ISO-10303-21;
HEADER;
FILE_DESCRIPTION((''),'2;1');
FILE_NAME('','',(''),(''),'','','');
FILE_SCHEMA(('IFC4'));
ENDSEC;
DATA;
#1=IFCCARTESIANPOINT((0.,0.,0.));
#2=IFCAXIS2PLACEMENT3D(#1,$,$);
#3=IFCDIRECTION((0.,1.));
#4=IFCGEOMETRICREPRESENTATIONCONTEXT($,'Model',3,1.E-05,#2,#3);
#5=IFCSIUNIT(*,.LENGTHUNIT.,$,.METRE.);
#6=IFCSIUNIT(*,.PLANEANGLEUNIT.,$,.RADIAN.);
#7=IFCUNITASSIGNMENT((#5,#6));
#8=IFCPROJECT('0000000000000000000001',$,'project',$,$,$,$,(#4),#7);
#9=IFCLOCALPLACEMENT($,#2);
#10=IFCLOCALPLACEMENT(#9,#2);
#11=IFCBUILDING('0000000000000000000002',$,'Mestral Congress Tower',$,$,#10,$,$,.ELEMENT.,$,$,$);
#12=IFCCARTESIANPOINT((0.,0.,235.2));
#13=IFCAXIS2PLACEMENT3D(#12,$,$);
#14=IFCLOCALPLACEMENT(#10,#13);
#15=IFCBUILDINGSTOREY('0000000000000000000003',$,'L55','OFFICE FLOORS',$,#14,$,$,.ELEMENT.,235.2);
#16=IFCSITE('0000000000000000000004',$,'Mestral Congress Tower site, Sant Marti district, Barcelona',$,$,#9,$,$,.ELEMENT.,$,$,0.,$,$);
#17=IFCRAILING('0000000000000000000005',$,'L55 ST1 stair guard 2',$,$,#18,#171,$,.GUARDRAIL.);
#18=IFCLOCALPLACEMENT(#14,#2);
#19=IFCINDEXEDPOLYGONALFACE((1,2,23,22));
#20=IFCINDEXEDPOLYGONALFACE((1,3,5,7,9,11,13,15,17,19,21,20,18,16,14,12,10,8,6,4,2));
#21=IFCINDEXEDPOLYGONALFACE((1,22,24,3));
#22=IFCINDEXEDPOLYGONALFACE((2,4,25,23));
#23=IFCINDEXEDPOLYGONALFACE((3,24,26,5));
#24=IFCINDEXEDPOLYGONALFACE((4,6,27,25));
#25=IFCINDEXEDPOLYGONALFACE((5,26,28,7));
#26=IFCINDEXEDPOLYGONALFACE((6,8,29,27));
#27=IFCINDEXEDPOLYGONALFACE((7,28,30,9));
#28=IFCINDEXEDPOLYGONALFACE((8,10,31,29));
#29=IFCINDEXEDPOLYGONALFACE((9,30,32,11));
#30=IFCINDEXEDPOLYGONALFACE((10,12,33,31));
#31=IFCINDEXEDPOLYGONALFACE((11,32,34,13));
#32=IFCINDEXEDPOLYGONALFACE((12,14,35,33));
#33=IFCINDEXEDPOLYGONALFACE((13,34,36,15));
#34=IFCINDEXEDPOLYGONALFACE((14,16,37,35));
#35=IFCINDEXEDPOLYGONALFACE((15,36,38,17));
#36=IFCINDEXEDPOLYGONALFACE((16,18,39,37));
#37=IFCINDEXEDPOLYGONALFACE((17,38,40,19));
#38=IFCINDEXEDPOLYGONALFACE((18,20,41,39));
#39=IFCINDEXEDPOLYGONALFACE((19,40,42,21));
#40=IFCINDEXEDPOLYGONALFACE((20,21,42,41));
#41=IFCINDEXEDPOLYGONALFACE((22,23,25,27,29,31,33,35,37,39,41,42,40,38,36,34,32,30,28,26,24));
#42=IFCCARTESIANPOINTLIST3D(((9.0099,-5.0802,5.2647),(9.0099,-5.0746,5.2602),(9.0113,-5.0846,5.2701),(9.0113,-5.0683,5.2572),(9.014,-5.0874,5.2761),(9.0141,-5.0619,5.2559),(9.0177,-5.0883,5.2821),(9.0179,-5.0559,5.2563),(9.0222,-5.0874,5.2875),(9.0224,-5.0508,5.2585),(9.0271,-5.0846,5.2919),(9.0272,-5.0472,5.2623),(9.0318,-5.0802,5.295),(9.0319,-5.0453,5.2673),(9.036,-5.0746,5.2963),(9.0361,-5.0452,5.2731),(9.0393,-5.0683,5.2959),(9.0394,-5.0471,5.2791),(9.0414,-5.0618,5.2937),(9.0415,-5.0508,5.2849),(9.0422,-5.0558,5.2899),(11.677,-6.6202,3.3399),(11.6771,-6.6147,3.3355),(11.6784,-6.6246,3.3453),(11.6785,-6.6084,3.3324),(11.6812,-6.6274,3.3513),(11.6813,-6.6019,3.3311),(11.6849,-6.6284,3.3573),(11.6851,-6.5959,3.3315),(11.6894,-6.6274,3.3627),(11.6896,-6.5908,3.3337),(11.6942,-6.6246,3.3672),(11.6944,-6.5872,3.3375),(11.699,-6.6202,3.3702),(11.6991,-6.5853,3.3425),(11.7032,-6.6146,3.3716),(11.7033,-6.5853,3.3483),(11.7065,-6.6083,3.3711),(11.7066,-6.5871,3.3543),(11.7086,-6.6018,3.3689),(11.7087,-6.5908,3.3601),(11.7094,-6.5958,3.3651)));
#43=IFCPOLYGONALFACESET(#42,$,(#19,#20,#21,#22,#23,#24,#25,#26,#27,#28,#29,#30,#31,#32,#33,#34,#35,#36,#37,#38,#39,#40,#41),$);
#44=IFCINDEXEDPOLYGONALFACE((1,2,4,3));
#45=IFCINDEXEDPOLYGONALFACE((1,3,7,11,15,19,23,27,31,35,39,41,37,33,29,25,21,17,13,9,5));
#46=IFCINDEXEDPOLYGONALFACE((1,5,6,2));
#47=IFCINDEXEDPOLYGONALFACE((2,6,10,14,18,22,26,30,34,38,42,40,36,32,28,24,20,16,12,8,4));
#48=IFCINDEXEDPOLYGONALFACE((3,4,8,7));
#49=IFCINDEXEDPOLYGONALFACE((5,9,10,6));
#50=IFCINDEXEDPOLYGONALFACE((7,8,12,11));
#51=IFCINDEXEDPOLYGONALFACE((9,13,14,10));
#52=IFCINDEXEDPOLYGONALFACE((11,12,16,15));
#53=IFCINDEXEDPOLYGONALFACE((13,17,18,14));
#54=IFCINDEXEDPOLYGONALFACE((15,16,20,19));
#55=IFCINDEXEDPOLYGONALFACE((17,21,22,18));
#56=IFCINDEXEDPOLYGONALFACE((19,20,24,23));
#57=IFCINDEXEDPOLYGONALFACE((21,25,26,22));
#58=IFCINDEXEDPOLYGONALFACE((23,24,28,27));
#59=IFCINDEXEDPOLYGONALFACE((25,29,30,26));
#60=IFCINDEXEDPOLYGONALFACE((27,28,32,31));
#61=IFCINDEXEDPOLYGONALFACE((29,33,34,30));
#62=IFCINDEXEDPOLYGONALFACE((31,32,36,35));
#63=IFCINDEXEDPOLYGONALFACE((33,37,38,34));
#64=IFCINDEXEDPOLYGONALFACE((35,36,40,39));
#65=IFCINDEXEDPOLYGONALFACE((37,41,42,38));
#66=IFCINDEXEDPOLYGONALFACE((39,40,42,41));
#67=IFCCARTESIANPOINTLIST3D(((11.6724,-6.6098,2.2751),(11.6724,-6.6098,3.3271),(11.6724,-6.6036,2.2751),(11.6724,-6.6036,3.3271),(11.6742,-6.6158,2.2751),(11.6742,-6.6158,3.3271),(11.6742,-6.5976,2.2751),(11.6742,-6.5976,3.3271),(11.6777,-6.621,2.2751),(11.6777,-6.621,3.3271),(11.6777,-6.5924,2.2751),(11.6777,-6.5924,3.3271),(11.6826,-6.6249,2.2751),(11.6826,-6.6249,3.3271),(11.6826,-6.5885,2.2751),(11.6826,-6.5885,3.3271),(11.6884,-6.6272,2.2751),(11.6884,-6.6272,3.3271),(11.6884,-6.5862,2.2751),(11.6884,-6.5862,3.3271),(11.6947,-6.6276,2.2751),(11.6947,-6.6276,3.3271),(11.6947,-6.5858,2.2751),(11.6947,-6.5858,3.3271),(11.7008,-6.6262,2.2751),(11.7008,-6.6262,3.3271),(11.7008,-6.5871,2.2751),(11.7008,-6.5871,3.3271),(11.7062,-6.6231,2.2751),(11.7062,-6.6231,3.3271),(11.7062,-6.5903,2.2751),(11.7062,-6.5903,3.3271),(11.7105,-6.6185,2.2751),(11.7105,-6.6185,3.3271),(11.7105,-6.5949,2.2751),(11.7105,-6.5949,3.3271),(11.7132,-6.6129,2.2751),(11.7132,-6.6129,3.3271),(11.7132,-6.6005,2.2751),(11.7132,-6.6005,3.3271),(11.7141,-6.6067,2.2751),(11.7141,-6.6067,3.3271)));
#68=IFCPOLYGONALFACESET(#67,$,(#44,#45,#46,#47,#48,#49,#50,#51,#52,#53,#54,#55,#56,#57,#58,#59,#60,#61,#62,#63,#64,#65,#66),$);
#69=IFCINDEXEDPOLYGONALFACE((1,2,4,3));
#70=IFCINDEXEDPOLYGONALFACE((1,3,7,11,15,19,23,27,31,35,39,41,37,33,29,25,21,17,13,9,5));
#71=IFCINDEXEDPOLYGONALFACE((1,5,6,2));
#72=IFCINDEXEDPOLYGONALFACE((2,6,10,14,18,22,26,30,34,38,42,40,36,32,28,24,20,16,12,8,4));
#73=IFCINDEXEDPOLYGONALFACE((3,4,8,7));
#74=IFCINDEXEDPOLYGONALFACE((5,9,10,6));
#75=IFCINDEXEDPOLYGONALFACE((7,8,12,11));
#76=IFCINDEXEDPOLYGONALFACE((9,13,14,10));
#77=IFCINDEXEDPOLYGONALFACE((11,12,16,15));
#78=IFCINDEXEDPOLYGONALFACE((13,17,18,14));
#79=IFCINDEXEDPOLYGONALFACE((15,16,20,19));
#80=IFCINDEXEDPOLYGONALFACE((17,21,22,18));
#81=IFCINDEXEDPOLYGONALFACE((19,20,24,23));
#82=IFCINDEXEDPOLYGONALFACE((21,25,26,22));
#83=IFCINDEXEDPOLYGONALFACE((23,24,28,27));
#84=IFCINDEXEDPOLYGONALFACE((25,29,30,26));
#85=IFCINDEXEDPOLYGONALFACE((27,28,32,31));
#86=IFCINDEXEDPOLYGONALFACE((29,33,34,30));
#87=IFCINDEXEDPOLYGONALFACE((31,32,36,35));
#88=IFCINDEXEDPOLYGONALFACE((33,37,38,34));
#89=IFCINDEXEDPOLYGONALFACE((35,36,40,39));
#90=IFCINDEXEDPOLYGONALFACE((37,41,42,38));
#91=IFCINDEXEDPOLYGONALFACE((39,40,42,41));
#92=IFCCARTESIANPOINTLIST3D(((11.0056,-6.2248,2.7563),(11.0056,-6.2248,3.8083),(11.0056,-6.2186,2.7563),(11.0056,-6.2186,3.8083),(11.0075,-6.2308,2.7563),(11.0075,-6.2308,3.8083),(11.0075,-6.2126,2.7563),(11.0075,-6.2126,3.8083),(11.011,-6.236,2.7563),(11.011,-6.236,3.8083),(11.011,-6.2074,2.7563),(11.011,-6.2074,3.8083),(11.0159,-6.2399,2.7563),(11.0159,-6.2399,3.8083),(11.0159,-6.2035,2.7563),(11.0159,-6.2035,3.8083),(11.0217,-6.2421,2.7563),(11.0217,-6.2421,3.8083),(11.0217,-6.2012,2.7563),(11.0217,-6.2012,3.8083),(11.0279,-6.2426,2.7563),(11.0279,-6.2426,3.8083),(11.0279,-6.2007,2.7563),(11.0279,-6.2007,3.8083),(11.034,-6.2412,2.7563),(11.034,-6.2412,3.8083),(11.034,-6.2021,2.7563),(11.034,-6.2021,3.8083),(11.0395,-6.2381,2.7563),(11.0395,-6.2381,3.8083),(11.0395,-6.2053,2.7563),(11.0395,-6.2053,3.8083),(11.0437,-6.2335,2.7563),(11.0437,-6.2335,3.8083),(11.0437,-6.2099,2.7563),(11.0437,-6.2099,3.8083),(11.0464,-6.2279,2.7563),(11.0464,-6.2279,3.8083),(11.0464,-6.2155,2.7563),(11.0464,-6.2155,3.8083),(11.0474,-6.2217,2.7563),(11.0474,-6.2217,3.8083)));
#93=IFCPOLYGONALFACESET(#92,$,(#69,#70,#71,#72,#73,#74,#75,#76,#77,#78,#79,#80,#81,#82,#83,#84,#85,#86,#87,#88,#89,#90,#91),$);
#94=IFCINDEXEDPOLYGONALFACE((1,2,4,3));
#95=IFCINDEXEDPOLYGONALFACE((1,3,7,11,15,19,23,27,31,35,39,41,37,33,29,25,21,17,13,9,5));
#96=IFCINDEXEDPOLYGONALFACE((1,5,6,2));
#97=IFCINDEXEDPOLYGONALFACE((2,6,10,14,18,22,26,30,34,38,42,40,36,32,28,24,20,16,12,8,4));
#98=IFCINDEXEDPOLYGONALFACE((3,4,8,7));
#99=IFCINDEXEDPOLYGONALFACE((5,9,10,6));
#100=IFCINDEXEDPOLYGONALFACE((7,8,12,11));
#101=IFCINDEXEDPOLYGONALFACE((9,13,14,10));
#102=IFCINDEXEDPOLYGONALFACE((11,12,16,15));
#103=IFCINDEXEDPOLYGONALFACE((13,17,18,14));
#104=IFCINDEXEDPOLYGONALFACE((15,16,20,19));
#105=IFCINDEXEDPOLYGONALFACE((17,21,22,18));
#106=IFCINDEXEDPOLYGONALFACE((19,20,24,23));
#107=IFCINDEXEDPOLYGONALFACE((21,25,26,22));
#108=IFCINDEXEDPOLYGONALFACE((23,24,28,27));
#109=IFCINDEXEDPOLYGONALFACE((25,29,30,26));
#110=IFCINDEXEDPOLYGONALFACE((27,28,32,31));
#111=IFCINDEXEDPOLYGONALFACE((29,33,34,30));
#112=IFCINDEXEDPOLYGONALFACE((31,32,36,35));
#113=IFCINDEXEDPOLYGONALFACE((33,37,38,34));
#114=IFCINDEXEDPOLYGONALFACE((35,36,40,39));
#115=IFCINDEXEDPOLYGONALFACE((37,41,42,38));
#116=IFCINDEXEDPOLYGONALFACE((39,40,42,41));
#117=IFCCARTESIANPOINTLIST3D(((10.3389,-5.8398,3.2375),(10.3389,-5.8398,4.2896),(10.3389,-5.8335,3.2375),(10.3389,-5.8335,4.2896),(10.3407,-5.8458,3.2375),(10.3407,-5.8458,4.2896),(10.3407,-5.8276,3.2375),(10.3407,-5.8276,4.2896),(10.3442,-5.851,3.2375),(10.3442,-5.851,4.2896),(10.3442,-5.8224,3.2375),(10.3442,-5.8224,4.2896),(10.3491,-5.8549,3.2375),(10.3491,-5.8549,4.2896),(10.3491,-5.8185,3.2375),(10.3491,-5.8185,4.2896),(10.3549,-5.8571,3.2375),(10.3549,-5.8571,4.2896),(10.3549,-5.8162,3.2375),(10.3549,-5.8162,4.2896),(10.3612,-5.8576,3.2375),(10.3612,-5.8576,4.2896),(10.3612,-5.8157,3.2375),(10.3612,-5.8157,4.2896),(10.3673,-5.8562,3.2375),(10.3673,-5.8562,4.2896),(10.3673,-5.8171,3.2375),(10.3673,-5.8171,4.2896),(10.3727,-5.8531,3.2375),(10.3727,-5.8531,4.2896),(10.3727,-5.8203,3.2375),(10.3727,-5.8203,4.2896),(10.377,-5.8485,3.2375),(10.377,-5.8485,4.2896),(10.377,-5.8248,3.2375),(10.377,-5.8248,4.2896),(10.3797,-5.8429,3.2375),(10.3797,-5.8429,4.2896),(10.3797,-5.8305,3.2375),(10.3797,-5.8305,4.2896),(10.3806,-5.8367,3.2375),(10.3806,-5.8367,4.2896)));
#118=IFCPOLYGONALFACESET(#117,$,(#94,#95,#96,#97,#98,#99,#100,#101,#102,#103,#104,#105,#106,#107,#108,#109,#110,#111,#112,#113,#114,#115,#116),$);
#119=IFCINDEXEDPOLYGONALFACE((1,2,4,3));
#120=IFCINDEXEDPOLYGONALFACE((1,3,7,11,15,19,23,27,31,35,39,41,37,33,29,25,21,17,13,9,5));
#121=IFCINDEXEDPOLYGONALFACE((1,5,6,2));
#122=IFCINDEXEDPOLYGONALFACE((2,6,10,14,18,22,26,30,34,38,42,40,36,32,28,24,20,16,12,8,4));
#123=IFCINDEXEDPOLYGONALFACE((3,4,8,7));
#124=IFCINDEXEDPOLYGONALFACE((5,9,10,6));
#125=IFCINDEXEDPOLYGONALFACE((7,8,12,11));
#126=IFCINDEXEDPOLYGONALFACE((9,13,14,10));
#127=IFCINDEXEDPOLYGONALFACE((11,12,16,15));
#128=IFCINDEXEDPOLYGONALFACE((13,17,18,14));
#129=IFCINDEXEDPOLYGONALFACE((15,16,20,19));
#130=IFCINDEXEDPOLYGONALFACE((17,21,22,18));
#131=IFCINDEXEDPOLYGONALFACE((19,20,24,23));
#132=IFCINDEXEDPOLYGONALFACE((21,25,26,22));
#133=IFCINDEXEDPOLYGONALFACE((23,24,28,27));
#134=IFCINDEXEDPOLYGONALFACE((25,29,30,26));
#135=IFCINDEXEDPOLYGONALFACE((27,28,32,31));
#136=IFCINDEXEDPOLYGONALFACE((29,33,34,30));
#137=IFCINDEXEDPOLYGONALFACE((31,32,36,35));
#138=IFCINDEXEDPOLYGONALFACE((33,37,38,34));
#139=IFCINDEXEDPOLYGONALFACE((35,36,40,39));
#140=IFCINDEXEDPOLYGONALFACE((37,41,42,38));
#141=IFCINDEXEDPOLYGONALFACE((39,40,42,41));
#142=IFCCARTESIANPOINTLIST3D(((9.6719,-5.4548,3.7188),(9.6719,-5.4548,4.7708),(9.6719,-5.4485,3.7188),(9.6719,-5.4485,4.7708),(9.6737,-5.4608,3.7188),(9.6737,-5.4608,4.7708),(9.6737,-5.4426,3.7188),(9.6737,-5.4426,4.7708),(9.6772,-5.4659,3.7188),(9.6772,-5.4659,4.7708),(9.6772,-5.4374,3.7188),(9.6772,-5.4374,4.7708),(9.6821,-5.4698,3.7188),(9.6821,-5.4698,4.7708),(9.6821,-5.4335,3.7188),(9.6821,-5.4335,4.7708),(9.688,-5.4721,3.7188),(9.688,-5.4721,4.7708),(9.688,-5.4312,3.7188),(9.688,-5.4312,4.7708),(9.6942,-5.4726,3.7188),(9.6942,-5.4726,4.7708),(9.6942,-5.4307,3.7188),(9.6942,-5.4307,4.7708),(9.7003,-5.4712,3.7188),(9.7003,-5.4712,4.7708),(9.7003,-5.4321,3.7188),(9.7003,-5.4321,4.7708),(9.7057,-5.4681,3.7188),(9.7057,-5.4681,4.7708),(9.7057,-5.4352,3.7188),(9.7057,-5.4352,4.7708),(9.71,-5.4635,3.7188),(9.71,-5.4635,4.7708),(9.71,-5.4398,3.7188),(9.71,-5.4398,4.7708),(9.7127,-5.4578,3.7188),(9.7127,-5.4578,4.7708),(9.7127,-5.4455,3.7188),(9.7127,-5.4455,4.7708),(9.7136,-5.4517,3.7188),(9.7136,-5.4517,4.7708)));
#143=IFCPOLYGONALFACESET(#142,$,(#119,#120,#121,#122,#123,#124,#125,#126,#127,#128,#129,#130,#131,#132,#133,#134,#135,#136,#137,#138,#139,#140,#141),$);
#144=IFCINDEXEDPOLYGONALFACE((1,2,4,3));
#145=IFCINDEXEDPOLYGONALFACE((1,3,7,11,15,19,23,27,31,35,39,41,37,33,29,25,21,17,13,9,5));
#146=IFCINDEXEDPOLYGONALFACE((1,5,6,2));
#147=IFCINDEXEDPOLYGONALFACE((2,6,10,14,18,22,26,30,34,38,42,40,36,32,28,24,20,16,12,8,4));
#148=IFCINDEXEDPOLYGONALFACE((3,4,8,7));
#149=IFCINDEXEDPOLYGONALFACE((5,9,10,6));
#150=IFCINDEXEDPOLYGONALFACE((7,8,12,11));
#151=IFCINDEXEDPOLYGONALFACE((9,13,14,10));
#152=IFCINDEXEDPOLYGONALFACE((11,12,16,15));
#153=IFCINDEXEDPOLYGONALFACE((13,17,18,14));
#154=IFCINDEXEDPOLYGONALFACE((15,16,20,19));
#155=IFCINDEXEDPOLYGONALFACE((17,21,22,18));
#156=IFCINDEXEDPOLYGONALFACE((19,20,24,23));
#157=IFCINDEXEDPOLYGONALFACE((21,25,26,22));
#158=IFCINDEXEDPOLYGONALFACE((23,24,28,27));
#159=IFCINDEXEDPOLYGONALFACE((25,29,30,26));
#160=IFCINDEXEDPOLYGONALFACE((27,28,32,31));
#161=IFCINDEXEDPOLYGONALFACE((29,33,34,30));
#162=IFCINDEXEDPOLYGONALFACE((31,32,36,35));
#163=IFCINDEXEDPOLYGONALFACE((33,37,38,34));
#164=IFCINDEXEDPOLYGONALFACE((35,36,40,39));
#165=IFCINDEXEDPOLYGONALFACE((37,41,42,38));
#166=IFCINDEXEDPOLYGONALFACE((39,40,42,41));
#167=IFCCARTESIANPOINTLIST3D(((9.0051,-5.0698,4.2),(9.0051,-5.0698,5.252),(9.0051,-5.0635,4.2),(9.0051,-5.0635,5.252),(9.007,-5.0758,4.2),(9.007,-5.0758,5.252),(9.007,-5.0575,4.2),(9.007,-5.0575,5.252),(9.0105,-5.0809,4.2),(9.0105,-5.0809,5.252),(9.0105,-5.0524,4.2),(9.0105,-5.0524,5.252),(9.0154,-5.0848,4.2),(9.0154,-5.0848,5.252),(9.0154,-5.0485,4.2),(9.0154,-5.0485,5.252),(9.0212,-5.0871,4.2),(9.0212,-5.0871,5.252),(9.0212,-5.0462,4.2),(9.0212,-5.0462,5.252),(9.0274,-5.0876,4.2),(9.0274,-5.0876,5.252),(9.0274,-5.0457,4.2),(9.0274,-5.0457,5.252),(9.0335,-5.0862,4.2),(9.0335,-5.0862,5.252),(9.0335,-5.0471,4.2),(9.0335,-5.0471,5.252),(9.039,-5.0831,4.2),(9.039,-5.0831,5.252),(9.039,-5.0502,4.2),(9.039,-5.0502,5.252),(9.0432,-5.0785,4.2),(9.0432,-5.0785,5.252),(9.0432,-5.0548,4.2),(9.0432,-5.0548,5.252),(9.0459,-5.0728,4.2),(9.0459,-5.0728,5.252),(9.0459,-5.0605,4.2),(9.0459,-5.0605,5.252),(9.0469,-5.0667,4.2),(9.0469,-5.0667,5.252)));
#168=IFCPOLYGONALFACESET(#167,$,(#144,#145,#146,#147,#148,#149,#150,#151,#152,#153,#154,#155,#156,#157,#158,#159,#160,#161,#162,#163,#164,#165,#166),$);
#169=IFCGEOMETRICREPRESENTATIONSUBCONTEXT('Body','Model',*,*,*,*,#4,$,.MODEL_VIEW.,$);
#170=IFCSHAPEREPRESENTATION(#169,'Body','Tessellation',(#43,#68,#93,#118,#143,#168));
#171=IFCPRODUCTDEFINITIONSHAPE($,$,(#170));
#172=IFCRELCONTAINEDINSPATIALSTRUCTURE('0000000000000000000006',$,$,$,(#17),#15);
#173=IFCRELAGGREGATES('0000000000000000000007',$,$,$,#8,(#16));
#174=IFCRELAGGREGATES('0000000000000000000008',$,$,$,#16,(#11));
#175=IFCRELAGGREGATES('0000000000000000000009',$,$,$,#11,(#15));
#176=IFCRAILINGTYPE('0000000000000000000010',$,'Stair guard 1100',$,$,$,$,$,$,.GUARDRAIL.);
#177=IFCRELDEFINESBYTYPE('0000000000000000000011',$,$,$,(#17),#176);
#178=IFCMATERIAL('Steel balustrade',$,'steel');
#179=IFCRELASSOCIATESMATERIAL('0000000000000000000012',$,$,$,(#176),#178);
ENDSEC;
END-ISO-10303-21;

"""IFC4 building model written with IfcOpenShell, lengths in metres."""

from ifc_helpers import new_model, si_unit, direction, frame, origin, origin_2d, place, context, subcontext, project, spatial, circle, extrude, material, type_object, element, save


model = new_model("IFC4")

# Units and contexts
model_context = context("Model", 3, precision=1e-05, world=origin(), true_north=direction((0.0, 1.0)))
body_context = subcontext(model_context, "Body", "Model", "MODEL_VIEW")
ifc_project = project(units=[si_unit("LENGTHUNIT", "METRE"), si_unit("PLANEANGLEUNIT", "RADIAN")], contexts=[model_context])

# Site, building, storey
site_placement = place(None, origin())
site = spatial("IfcSite", under=ifc_project, at=site_placement, Name="Mestral Congress Tower site, Sant Marti district, Barcelona", CompositionType="ELEMENT", RefElevation=0.0)
building_placement = place(site_placement, origin())
building = spatial("IfcBuilding", under=site, at=building_placement, Name="Mestral Congress Tower", CompositionType="ELEMENT")
storey_placement = place(building_placement, frame((0.0, 0.0, 235.2)))
storey = spatial("IfcBuildingStorey", under=building, at=storey_placement, Name="L55", Description="OFFICE FLOORS", CompositionType="ELEMENT", Elevation=235.2)

# Railing
ifc_material_1 = material(Name="Steel balustrade", Category="steel")
railing_type_1 = type_object("IfcRailingType", Name="Stair guard 1100", PredefinedType="GUARDRAIL", material=ifc_material_1)
railing_1_placement = place(storey_placement, frame((11.6931, -6.6067, 2.2751)))
element("IfcRailing", 1, at=railing_1_placement, inside=storey, type_object=railing_type_1, Name="L55 ST1 stair guard 2", PredefinedType="GUARDRAIL", context=body_context, shape_type="SweptSolid", body=[
    extrude(circle(Radius=0.0239, at=origin_2d()), frame((0.0, 0.0, 1.0762), z_axis=(-0.73439, 0.424031, 0.529971), x_axis=(-0.500027, -0.86601, 0.0)), (0.0, 0.0, 1.0), 3.6318),
    extrude(circle(Radius=0.021, at=origin_2d()), origin(), (0.0, 0.0, 1.0), 1.052),
    extrude(circle(Radius=0.021, at=origin_2d()), frame((-0.6667, 0.385, 0.4812)), (0.0, 0.0, 1.0), 1.052),
    extrude(circle(Radius=0.021, at=origin_2d()), frame((-1.3335, 0.77, 0.9624)), (0.0, 0.0, 1.0), 1.052),
    extrude(circle(Radius=0.021, at=origin_2d()), frame((-2.0005, 1.155, 1.4436)), (0.0, 0.0, 1.0), 1.052),
    extrude(circle(Radius=0.021, at=origin_2d()), frame((-2.6672, 1.54, 1.9248)), (0.0, 0.0, 1.0), 1.052),
])

save(model, "model.ifc")
